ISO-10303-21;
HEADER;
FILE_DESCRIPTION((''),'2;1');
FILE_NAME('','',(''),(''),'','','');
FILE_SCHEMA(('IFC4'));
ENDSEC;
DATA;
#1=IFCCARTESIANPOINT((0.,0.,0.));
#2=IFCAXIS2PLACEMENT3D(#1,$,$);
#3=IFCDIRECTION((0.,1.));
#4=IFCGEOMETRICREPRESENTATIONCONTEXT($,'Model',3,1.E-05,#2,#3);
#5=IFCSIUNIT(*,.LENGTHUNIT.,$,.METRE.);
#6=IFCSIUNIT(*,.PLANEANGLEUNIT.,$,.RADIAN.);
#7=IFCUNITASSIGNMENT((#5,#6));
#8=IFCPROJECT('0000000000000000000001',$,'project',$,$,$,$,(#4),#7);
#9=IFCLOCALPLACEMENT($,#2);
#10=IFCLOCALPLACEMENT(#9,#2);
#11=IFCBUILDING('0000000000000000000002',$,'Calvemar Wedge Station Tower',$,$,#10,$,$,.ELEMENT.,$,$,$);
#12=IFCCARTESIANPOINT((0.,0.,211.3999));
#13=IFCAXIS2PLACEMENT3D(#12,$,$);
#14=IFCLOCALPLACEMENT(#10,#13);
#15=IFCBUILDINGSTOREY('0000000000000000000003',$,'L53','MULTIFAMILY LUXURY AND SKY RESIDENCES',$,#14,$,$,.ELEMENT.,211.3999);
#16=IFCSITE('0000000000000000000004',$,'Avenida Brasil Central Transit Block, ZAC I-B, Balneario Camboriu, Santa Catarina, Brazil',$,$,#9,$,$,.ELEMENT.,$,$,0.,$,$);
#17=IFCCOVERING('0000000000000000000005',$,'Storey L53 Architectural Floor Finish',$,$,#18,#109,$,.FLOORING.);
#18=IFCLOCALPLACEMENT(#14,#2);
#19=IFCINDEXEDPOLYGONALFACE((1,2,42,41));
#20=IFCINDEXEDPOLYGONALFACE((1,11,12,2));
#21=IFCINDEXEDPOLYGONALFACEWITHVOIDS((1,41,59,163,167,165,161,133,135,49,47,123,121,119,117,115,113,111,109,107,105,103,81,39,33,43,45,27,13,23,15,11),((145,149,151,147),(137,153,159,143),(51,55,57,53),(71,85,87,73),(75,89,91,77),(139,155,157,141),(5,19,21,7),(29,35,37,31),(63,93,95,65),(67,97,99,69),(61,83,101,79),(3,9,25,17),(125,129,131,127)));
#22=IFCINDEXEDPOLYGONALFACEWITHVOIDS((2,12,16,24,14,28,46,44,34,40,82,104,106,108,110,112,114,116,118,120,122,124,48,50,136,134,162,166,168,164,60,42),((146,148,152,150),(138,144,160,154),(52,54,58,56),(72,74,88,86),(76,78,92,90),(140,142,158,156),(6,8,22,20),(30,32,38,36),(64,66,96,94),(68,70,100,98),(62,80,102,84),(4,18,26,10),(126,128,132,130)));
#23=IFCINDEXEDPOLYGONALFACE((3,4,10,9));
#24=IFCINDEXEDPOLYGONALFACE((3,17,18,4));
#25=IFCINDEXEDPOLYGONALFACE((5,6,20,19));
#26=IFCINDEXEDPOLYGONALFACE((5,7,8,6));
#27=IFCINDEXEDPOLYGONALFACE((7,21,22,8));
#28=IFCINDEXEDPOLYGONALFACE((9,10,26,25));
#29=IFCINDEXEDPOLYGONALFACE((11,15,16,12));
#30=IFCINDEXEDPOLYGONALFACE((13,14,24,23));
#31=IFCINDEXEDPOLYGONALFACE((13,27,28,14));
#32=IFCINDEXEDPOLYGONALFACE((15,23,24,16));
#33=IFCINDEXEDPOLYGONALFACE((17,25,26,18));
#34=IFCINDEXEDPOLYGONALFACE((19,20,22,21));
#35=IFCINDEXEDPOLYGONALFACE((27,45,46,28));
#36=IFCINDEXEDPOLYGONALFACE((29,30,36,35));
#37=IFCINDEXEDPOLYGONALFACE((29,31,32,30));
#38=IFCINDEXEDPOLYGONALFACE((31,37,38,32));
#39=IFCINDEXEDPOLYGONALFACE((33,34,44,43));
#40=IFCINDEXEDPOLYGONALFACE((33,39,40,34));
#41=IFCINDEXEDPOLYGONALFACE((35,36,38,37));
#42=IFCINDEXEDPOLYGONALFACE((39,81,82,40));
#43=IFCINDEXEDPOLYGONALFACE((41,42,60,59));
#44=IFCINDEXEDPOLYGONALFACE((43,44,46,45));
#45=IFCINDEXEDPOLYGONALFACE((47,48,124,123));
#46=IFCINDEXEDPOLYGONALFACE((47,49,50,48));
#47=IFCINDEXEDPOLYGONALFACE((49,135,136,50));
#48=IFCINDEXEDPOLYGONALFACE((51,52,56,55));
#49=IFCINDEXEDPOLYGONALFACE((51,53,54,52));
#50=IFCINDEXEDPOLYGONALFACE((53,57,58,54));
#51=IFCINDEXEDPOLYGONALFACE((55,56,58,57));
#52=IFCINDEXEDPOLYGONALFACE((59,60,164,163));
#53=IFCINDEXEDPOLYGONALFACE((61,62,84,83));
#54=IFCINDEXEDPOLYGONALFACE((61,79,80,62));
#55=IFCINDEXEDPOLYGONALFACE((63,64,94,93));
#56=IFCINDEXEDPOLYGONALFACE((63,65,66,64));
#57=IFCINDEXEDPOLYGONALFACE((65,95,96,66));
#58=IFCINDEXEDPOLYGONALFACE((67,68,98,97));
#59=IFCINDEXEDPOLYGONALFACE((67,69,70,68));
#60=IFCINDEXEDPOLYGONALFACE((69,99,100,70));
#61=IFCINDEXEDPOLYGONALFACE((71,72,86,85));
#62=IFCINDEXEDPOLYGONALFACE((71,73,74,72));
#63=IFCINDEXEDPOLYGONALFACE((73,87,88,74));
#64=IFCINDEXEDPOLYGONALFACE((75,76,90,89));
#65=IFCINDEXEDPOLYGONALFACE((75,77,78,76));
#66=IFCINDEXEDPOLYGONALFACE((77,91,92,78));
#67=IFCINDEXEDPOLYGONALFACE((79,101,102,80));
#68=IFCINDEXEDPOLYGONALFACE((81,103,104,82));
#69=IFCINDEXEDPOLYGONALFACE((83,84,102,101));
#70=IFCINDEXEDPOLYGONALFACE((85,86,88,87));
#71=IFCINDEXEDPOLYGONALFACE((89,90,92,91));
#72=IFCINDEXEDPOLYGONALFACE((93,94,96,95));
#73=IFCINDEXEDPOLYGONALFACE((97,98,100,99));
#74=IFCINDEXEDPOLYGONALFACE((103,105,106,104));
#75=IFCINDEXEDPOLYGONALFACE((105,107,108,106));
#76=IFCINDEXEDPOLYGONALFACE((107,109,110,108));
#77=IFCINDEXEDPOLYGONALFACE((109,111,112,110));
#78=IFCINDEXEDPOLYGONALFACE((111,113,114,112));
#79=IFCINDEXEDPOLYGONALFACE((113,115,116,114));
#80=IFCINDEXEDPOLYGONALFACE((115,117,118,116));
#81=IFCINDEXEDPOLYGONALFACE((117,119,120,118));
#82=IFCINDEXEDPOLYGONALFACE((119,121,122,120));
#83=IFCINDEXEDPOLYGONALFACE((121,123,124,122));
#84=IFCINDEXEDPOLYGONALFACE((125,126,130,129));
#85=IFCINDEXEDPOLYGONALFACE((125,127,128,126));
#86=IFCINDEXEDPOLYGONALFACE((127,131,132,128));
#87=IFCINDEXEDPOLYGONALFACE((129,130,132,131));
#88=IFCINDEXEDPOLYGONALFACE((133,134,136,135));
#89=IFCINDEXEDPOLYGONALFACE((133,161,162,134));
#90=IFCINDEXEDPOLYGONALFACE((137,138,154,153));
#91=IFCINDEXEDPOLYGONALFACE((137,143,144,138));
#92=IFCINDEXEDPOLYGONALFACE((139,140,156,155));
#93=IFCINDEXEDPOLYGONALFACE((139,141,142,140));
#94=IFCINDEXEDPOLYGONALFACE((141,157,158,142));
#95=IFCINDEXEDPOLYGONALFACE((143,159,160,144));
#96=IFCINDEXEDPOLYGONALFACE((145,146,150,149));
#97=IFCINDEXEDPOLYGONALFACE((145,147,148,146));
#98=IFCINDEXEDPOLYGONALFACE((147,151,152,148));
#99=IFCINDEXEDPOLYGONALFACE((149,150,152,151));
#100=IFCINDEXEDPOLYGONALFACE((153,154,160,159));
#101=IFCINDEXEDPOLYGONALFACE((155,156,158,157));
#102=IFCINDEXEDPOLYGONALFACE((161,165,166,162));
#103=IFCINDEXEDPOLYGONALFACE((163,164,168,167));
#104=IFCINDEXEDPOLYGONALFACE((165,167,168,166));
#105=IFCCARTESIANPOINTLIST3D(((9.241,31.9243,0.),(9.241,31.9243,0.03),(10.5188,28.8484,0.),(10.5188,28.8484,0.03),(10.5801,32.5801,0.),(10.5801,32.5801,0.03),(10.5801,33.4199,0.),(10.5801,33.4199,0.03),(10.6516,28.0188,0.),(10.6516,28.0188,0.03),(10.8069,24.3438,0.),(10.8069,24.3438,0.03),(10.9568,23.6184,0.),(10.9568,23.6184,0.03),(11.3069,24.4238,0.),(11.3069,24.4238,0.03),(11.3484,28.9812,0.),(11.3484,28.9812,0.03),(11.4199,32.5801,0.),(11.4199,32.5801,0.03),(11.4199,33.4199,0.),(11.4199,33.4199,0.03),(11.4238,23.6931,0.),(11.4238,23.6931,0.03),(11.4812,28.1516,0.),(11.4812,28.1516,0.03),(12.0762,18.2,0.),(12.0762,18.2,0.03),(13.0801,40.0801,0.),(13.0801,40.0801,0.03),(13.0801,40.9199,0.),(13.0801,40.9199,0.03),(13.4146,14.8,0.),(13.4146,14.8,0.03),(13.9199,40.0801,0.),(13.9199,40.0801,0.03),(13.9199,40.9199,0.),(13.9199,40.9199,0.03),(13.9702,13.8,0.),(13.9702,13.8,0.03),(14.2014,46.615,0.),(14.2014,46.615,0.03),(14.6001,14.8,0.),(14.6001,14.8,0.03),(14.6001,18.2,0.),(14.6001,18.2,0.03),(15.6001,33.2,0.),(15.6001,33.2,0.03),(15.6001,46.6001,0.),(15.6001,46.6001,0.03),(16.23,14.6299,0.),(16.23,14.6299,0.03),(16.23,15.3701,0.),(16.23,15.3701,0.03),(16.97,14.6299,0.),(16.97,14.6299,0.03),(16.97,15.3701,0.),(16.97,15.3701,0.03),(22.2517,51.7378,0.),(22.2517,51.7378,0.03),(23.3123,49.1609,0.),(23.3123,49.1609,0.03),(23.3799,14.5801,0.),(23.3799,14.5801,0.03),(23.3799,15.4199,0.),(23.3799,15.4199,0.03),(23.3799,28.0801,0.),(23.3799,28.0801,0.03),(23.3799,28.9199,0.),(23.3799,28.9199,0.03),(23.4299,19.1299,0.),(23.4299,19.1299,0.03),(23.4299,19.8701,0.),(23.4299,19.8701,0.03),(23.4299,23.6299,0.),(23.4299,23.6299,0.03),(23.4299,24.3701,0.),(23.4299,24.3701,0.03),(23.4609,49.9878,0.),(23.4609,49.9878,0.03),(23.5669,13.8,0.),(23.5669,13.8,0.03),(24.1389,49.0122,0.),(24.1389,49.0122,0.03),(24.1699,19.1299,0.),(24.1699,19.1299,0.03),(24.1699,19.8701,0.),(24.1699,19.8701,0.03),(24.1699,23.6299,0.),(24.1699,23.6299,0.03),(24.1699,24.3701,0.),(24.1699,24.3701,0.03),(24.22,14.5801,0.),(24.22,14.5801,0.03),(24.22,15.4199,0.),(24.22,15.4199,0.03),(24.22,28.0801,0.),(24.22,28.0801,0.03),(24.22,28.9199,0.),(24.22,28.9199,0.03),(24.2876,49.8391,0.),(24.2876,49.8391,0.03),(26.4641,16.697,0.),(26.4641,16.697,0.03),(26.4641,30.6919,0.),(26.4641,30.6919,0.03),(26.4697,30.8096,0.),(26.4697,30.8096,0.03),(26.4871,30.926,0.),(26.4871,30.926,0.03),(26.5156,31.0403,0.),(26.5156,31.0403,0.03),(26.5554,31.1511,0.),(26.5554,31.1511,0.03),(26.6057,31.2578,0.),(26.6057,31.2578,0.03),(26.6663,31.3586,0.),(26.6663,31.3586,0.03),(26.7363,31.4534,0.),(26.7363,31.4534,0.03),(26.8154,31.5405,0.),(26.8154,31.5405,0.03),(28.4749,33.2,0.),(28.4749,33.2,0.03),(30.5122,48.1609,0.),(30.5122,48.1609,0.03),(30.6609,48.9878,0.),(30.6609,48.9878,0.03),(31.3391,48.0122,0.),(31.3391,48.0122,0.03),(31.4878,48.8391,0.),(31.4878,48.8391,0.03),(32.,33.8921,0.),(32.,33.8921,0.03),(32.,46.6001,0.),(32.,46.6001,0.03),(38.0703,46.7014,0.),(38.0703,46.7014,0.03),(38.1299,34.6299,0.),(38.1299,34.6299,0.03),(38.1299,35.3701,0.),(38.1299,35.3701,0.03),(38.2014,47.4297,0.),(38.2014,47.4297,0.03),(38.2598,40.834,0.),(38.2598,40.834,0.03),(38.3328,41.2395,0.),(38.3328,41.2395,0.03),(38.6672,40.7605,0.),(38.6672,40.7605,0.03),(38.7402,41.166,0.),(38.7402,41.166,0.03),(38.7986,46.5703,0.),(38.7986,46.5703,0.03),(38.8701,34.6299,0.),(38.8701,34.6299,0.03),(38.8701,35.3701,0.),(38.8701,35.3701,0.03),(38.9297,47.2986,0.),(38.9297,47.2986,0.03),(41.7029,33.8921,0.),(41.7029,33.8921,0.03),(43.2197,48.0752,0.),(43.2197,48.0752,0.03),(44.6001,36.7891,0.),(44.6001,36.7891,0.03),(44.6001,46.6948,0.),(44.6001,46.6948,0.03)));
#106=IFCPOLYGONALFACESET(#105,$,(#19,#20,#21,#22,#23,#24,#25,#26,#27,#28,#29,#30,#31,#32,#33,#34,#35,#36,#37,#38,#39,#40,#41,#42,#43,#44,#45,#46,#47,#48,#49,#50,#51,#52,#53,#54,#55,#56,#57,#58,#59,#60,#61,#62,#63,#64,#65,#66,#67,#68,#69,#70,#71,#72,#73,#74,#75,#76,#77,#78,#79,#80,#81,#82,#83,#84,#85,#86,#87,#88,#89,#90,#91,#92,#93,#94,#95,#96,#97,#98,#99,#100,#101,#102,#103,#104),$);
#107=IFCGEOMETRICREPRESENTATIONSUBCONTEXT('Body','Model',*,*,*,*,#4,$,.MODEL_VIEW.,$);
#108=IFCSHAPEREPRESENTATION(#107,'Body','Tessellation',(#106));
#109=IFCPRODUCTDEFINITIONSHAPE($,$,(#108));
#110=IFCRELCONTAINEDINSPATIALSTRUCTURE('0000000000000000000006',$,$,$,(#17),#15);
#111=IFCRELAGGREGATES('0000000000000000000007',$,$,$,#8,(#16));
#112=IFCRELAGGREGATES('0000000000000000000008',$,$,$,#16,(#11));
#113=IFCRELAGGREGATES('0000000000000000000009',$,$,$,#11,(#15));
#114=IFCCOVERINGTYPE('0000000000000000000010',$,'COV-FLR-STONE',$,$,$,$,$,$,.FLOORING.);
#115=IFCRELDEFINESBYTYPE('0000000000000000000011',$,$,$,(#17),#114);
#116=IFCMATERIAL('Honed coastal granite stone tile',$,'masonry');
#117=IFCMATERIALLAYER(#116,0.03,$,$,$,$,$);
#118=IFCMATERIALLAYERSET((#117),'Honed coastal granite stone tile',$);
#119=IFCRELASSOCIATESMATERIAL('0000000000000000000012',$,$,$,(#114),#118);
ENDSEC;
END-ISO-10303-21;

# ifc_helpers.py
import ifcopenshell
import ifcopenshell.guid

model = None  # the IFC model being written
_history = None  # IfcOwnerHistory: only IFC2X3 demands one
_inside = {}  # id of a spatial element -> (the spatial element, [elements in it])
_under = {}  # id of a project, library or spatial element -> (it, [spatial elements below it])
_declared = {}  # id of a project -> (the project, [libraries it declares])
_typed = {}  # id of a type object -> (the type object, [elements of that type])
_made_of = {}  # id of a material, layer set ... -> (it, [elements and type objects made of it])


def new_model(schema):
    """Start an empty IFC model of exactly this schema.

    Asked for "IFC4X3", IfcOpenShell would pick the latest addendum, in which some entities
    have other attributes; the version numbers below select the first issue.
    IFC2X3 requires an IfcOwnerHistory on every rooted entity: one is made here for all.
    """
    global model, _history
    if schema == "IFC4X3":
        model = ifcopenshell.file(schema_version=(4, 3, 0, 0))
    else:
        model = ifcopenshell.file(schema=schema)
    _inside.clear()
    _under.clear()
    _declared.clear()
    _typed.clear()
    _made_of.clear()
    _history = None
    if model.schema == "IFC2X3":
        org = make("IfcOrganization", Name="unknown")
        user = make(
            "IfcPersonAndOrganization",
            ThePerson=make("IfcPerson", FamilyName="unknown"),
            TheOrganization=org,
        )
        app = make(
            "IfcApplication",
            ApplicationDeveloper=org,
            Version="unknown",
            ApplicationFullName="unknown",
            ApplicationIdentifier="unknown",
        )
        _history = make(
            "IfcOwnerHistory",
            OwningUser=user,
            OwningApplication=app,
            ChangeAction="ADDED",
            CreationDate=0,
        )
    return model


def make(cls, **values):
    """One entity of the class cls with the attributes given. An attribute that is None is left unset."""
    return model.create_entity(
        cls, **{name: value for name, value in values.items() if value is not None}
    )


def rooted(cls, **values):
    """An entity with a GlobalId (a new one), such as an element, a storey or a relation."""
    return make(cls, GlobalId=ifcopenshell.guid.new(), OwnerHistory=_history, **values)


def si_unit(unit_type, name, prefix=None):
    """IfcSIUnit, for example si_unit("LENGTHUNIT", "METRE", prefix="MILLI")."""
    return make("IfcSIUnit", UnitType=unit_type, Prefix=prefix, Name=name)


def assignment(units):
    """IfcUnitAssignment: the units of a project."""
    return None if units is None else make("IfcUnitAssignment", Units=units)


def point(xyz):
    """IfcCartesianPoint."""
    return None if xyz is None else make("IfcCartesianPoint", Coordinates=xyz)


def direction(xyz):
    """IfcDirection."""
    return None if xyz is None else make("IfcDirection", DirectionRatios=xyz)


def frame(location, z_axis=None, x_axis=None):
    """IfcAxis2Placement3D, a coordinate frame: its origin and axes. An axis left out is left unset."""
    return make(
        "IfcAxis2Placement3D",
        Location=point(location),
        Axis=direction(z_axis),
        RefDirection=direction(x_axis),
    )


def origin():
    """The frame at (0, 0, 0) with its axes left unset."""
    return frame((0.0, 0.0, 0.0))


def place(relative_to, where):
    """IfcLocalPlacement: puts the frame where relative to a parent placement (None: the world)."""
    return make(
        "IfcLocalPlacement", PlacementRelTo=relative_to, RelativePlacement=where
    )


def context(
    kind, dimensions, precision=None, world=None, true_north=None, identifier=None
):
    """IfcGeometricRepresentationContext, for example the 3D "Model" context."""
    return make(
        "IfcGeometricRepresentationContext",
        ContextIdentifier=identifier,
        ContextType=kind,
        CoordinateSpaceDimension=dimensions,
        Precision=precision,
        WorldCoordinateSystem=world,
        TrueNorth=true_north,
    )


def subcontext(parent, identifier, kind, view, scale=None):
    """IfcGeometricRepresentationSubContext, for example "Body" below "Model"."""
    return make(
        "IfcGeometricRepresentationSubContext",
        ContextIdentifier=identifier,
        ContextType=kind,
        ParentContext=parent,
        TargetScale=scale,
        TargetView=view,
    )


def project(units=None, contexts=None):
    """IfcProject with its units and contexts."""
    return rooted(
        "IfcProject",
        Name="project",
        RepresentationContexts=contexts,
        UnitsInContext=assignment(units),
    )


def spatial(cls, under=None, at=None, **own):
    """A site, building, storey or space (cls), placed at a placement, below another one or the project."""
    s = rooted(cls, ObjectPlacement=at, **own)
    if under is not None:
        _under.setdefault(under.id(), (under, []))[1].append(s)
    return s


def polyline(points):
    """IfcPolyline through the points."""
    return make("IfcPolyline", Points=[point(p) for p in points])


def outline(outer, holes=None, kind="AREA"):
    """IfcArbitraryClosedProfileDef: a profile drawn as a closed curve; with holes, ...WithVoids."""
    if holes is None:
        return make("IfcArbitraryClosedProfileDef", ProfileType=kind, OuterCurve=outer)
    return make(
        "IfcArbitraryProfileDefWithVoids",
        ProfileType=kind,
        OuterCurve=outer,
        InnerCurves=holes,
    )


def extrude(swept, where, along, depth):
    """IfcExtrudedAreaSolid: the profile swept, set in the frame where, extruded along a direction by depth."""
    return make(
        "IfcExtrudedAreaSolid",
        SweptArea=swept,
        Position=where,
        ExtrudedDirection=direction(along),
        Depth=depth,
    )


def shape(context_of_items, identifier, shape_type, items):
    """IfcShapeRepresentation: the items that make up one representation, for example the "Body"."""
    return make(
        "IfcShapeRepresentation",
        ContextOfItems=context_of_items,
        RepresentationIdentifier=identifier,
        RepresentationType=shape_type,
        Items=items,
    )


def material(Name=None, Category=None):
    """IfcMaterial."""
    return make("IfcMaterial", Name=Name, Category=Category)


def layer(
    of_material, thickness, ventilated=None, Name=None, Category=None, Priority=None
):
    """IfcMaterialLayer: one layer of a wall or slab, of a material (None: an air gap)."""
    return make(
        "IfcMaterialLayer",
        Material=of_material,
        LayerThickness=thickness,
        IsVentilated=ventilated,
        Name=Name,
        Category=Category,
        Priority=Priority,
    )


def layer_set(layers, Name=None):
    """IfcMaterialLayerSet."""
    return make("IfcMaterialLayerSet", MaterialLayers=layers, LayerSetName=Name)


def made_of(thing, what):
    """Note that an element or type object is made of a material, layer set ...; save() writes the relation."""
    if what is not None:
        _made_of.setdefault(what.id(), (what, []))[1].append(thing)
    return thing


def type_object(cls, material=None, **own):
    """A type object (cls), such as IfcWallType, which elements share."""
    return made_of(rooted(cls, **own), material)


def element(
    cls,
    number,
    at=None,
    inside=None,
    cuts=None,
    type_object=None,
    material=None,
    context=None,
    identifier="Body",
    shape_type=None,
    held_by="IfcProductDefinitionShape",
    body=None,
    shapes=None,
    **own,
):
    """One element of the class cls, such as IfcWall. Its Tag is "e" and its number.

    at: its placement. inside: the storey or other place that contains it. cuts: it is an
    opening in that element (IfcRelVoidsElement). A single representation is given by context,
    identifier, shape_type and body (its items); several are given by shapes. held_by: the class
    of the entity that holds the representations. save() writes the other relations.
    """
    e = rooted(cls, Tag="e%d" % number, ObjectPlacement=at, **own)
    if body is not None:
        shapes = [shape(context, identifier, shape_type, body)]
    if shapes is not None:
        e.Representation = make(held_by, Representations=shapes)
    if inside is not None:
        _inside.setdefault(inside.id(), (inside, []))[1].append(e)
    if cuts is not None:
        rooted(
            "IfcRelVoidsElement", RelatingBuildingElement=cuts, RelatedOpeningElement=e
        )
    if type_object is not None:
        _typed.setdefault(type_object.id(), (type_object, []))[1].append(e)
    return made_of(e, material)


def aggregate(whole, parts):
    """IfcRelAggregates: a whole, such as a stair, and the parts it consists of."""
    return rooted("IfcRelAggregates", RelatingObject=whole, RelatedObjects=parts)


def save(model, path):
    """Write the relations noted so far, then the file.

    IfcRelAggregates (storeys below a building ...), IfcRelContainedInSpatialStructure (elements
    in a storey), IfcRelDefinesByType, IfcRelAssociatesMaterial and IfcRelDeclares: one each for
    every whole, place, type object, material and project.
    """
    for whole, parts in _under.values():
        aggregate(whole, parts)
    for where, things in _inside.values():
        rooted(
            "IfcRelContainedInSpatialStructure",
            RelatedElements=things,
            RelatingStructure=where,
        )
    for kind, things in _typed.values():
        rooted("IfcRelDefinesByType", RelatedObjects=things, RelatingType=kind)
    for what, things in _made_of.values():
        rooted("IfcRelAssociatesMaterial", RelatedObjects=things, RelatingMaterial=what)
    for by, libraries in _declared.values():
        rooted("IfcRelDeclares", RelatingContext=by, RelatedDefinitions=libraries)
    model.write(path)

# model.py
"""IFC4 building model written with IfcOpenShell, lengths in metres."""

from ifc_helpers import new_model, si_unit, direction, frame, origin, place, context, subcontext, project, spatial, polyline, outline, extrude, material, layer, layer_set, type_object, element, save


model = new_model("IFC4")

# Units and contexts
model_context = context("Model", 3, precision=1e-05, world=origin(), true_north=direction((0.0, 1.0)))
body_context = subcontext(model_context, "Body", "Model", "MODEL_VIEW")
ifc_project = project(units=[si_unit("LENGTHUNIT", "METRE"), si_unit("PLANEANGLEUNIT", "RADIAN")], contexts=[model_context])

# Site, building, storey
site_placement = place(None, origin())
site = spatial("IfcSite", under=ifc_project, at=site_placement, Name="Avenida Brasil Central Transit Block, ZAC I-B, Balneario Camboriu, Santa Catarina, Brazil", CompositionType="ELEMENT", RefElevation=0.0)
building_placement = place(site_placement, origin())
building = spatial("IfcBuilding", under=site, at=building_placement, Name="Calvemar Wedge Station Tower", CompositionType="ELEMENT")
storey_placement = place(building_placement, frame((0.0, 0.0, 211.3999)))
storey = spatial("IfcBuildingStorey", under=building, at=storey_placement, Name="L53", Description="MULTIFAMILY LUXURY AND SKY RESIDENCES", CompositionType="ELEMENT", Elevation=211.3999)

# Covering
ifc_material_1 = material(Name="Honed coastal granite stone tile", Category="masonry")
ifc_layer_1 = layer(ifc_material_1, 0.03)
ifc_layer_set_1 = layer_set([ifc_layer_1], Name="Honed coastal granite stone tile")
covering_type_1 = type_object("IfcCoveringType", Name="COV-FLR-STONE", PredefinedType="FLOORING", material=ifc_layer_set_1)
covering_1_placement = place(storey_placement, origin())
element("IfcCovering", 1, at=covering_1_placement, inside=storey, type_object=covering_type_1, Name="Storey L53 Architectural Floor Finish", PredefinedType="FLOORING", context=body_context, shape_type="SweptSolid", body=[
    extrude(outline(polyline([(26.6663, 31.3586), (26.7363, 31.4534), (26.8154, 31.5405), (28.4749, 33.2), (15.6001, 33.2), (15.6001, 46.6001), (32.0, 46.6001), (32.0, 33.8921), (41.7029, 33.8921), (44.6001, 36.7891), (44.6001, 46.6948), (43.2197, 48.0752), (22.2517, 51.7378), (14.2014, 46.615), (9.241, 31.9243), (10.8069, 24.3438), (11.3069, 24.4238), (11.4238, 23.6931), (10.9568, 23.6184), (12.0762, 18.2), (14.6001, 18.2), (14.6001, 14.8), (13.4146, 14.8), (13.9702, 13.8), (23.5669, 13.8), (26.4641, 16.697), (26.4641, 30.6919), (26.4697, 30.8096), (26.4871, 30.926), (26.5156, 31.0403), (26.5554, 31.1511), (26.6057, 31.2578), (26.6663, 31.3586)]), holes=[polyline([(11.4199, 33.4199), (11.4199, 32.5801), (10.5801, 32.5801), (10.5801, 33.4199), (11.4199, 33.4199)]), polyline([(13.9199, 40.0801), (13.0801, 40.0801), (13.0801, 40.9199), (13.9199, 40.9199), (13.9199, 40.0801)]), polyline([(23.3123, 49.1609), (23.4609, 49.9878), (24.2876, 49.8391), (24.1389, 49.0122), (23.3123, 49.1609)]), polyline([(30.6609, 48.9878), (31.4878, 48.8391), (31.3391, 48.0122), (30.5122, 48.1609), (30.6609, 48.9878)]), polyline([(38.9297, 47.2986), (38.7986, 46.5703), (38.0703, 46.7014), (38.2014, 47.4297), (38.9297, 47.2986)]), polyline([(38.8701, 34.6299), (38.1299, 34.6299), (38.1299, 35.3701), (38.8701, 35.3701), (38.8701, 34.6299)]), polyline([(38.2598, 40.834), (38.3328, 41.2395), (38.7402, 41.166), (38.6672, 40.7605), (38.2598, 40.834)]), polyline([(11.3484, 28.9812), (11.4812, 28.1516), (10.6516, 28.0188), (10.5188, 28.8484), (11.3484, 28.9812)]), polyline([(24.22, 28.0801), (23.3799, 28.0801), (23.3799, 28.9199), (24.22, 28.9199), (24.22, 28.0801)]), polyline([(23.4299, 23.6299), (23.4299, 24.3701), (24.1699, 24.3701), (24.1699, 23.6299), (23.4299, 23.6299)]), polyline([(23.4299, 19.8701), (24.1699, 19.8701), (24.1699, 19.1299), (23.4299, 19.1299), (23.4299, 19.8701)]), polyline([(24.22, 15.4199), (24.22, 14.5801), (23.3799, 14.5801), (23.3799, 15.4199), (24.22, 15.4199)]), polyline([(16.97, 14.6299), (16.23, 14.6299), (16.23, 15.3701), (16.97, 15.3701), (16.97, 14.6299)])]), origin(), (0.0, 0.0, 1.0), 0.03),
])

save(model, "model.ifc")
